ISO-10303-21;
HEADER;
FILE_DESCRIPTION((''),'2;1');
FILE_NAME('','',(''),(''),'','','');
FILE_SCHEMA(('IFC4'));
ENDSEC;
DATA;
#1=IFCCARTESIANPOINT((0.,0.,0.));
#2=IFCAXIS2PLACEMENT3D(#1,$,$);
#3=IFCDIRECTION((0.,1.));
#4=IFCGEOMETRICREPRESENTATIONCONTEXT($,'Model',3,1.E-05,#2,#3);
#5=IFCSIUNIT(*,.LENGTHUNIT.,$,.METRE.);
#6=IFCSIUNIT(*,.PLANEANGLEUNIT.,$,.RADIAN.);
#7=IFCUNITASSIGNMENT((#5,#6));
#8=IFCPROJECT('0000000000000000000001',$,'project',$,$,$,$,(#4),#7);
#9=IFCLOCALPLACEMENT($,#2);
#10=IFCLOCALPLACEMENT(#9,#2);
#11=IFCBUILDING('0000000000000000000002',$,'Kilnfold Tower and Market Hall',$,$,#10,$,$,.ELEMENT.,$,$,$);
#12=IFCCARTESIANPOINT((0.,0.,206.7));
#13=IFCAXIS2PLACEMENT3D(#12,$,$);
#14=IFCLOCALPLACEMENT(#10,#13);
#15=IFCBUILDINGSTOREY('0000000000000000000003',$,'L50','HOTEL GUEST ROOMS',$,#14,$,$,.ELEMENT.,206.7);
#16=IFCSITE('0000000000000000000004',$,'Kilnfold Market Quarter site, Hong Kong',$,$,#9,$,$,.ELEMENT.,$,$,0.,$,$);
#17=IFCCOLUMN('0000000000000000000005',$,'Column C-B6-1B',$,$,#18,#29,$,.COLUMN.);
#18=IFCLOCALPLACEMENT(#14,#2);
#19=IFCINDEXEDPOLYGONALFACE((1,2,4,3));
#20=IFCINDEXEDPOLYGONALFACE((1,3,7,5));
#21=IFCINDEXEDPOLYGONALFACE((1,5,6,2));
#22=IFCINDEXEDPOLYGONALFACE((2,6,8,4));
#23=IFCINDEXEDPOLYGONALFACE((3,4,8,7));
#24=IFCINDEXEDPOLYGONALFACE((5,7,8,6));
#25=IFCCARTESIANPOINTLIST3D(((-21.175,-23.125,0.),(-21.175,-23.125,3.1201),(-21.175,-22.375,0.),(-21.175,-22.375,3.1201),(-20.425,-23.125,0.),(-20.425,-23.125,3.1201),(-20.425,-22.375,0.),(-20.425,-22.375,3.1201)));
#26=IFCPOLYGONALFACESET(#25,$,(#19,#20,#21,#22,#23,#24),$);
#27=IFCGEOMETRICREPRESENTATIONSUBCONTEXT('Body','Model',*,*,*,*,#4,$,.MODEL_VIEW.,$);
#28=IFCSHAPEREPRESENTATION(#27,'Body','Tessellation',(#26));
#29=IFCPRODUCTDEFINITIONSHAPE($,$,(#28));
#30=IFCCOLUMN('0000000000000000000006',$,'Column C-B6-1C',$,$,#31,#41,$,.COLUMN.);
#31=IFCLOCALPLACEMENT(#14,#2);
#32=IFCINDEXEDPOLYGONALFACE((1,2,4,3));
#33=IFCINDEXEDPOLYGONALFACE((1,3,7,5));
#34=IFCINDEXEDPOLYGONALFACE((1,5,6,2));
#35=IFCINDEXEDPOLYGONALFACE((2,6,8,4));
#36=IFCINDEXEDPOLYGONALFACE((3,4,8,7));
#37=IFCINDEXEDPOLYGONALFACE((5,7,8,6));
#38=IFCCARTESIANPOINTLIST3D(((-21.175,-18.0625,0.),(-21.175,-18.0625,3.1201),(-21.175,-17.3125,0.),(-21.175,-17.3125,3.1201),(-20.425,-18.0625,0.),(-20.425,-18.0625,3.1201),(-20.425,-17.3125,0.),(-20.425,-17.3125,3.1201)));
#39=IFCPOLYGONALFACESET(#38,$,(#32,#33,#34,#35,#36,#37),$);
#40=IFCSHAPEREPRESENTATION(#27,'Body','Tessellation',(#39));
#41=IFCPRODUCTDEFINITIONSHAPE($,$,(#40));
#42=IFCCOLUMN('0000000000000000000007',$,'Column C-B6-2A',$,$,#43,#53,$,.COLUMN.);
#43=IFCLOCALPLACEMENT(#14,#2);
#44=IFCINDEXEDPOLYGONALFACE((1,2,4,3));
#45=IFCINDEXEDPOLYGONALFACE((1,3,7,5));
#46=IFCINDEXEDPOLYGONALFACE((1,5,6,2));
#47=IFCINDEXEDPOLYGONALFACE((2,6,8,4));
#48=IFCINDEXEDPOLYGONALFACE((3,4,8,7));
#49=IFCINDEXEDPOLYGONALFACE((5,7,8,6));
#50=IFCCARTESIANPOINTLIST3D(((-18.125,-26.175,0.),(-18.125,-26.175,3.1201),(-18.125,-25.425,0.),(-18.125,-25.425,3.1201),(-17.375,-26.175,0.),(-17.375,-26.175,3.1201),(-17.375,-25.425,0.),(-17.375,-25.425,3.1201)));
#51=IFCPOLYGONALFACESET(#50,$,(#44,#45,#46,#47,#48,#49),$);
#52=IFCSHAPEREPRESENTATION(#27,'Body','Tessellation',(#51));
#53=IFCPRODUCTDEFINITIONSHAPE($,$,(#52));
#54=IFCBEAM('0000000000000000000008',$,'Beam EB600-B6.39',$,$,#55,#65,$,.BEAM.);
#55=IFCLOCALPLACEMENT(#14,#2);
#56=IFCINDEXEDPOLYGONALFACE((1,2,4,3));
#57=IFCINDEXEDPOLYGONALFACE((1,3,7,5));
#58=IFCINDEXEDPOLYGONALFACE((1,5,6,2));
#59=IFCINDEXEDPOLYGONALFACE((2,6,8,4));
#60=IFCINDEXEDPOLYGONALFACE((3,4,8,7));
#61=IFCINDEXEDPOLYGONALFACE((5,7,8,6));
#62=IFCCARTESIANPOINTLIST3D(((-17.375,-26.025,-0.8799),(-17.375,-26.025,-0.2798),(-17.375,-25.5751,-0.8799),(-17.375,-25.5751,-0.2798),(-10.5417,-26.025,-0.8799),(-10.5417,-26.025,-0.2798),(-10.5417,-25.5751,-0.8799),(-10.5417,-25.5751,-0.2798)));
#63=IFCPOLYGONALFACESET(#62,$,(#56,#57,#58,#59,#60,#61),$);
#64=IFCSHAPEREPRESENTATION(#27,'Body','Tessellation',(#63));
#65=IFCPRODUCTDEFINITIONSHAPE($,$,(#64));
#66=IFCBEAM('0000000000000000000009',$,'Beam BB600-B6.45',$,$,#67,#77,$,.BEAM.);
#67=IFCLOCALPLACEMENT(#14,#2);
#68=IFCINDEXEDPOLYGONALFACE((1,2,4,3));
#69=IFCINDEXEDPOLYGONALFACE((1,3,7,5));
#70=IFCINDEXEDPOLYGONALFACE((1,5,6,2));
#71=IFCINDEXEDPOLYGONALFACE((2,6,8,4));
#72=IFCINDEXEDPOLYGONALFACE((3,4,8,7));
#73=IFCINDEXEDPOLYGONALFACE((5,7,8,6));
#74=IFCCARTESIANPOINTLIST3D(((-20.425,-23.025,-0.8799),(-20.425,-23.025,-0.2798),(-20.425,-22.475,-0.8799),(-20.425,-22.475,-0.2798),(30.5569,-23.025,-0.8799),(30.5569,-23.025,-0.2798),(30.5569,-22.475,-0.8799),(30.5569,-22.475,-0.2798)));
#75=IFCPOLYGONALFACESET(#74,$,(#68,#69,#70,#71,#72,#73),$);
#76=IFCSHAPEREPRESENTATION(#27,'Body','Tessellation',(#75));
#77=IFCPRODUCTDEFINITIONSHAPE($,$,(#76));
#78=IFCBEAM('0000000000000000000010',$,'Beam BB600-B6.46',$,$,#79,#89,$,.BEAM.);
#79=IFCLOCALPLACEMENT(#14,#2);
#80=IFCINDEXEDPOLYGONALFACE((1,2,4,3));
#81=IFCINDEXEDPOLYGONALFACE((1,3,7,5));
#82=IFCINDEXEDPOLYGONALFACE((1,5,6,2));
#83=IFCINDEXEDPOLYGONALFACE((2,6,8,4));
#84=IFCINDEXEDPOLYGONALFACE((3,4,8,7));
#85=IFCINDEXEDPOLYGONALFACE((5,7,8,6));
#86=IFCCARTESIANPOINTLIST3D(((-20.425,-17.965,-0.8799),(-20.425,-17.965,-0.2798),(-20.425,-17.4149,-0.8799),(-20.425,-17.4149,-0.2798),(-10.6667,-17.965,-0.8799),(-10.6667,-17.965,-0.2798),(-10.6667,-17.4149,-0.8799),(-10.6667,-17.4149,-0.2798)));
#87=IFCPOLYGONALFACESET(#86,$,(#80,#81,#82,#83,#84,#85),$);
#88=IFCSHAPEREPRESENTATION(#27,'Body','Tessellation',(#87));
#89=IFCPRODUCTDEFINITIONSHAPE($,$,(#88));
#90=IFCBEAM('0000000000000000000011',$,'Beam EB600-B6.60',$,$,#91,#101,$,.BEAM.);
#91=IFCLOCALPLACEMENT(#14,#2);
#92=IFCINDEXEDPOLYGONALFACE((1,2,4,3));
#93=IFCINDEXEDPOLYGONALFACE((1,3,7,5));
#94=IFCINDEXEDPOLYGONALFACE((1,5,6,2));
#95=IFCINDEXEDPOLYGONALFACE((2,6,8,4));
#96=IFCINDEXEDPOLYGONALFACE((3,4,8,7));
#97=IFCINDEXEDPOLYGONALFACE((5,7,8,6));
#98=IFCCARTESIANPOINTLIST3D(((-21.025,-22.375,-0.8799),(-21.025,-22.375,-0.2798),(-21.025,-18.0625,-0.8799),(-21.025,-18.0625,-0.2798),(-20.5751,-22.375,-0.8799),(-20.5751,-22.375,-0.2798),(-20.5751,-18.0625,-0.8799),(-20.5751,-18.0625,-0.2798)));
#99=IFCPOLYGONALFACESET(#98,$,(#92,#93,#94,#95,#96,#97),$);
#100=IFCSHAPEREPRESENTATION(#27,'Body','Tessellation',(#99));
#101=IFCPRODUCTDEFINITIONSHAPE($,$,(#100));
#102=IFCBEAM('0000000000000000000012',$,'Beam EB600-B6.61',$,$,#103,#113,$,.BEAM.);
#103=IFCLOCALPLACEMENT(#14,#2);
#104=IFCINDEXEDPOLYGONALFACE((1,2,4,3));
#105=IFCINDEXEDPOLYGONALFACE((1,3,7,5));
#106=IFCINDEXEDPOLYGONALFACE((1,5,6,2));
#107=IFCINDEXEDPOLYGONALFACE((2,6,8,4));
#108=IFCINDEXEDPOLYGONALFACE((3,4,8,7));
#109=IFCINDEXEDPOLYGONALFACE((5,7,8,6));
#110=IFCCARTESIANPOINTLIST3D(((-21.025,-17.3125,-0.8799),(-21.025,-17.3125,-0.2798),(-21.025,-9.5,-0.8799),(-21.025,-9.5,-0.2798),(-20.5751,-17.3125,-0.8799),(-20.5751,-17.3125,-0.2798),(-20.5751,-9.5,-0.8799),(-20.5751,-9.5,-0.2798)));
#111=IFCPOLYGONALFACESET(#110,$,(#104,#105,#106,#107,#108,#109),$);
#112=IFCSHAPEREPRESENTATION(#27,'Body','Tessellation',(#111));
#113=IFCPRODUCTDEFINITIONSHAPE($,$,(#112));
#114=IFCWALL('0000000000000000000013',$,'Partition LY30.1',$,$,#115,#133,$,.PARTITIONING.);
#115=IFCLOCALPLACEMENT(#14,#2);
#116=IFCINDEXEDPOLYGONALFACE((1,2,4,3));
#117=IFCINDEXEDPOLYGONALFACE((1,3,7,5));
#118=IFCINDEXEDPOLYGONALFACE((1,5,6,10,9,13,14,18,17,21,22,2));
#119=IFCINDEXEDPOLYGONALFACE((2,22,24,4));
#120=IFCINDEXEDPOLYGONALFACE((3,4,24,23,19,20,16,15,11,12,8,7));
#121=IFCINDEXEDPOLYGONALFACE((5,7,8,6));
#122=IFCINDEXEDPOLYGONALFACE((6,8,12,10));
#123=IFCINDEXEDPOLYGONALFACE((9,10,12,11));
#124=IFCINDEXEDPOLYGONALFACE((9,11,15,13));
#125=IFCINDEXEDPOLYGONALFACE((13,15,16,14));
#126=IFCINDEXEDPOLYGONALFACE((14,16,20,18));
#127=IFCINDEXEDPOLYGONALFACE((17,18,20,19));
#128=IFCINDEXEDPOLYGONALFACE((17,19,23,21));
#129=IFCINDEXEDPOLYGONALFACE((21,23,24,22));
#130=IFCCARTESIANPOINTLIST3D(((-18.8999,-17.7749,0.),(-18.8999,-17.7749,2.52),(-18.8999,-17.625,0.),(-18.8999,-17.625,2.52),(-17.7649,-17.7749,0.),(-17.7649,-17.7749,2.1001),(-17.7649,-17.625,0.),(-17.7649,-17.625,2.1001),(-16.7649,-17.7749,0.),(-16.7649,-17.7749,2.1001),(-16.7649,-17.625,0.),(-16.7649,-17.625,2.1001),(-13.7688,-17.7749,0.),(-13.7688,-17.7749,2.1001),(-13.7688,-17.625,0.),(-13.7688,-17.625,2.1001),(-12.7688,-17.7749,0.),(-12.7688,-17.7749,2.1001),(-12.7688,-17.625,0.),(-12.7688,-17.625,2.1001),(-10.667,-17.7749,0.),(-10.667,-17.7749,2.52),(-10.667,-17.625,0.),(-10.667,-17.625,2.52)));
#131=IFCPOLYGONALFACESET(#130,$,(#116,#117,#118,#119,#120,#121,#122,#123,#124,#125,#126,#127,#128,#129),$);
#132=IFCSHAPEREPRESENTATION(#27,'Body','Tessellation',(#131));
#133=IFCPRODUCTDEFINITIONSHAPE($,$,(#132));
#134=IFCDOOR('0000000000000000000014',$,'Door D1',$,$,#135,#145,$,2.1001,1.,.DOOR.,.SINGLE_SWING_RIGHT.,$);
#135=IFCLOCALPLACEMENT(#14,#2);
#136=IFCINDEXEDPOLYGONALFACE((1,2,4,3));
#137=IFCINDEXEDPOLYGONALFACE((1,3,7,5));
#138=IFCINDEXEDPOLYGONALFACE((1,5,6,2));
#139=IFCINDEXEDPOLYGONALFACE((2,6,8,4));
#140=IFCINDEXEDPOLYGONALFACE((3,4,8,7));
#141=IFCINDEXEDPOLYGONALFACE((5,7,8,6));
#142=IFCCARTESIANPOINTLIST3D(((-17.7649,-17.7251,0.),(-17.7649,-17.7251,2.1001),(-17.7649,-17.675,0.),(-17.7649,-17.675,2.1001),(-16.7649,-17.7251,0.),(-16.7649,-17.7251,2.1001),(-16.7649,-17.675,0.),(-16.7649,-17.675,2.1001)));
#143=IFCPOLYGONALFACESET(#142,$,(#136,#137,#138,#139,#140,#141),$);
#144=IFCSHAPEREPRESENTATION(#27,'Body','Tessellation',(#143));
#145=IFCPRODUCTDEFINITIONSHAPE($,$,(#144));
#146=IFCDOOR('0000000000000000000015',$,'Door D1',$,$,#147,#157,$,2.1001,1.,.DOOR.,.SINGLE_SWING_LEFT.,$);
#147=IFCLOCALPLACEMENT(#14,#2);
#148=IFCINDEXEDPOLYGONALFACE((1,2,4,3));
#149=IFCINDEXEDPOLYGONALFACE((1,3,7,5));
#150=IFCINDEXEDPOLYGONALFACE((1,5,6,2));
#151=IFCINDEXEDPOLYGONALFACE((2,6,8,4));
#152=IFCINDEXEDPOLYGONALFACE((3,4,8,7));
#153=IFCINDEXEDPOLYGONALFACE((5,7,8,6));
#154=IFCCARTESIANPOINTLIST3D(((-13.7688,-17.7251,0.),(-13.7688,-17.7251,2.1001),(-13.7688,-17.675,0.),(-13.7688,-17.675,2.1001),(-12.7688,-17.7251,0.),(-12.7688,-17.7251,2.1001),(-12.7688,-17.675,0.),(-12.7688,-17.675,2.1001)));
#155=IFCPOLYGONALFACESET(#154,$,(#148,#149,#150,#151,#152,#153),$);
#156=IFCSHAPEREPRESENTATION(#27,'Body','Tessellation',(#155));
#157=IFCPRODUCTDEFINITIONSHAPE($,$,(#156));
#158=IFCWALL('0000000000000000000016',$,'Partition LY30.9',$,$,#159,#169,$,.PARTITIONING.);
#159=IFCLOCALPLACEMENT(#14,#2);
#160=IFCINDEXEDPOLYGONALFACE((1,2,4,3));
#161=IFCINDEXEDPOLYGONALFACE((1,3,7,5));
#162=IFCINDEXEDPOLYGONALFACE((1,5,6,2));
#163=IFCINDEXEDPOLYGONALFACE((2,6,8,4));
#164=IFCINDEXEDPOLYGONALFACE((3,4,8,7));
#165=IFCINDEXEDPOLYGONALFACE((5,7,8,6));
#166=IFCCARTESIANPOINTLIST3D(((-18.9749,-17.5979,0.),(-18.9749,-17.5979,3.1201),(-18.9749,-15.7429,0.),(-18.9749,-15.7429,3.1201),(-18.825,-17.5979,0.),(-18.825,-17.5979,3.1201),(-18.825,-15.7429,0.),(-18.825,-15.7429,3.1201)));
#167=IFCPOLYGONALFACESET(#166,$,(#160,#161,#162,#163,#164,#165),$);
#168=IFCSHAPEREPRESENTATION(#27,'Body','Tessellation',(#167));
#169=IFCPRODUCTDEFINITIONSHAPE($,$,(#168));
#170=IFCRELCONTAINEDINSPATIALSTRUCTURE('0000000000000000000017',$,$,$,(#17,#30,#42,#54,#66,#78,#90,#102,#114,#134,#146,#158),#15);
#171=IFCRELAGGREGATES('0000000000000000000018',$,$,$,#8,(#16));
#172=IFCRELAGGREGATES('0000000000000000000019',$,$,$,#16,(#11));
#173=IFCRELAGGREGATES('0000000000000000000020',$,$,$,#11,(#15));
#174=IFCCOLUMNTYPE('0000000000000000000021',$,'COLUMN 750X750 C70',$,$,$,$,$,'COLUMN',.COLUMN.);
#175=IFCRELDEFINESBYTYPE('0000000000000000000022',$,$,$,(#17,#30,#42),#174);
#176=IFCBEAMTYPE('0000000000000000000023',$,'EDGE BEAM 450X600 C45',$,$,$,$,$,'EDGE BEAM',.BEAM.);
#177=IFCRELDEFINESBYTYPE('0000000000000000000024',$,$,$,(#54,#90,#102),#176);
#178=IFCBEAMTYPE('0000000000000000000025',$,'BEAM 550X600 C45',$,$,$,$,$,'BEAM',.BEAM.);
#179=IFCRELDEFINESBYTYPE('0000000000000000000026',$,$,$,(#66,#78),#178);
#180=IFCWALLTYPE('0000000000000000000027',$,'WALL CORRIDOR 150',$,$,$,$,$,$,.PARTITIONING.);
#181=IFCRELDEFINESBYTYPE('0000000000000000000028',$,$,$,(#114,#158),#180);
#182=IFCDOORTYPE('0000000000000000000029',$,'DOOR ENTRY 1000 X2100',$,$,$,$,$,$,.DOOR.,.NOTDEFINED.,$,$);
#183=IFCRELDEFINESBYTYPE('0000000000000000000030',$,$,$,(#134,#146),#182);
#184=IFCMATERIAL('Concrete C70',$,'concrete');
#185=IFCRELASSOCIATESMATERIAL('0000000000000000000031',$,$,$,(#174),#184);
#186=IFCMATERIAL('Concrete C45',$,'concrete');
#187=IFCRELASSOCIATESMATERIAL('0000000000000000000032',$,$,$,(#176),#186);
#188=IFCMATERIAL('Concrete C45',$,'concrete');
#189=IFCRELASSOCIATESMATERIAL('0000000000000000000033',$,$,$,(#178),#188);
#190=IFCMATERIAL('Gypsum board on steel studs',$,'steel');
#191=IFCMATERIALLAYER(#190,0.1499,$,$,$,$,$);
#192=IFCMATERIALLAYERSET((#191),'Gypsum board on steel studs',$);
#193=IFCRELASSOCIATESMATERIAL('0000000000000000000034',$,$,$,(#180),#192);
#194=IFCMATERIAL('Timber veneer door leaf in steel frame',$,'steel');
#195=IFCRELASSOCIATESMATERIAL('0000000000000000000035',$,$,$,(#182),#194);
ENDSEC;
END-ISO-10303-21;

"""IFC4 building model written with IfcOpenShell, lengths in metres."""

from ifc_helpers import new_model, si_unit, direction, frame, frame_2d, origin, origin_2d, place, context, subcontext, project, spatial, rectangle, extrude, source, transform, mapped, material, layer, layer_set, material_profile, profile_set, type_object, element, fill, save


model = new_model("IFC4")

# Units and contexts
model_context = context("Model", 3, precision=1e-05, world=origin(), true_north=direction((0.0, 1.0)))
body_context = subcontext(model_context, "Body", "Model", "MODEL_VIEW")
ifc_project = project(units=[si_unit("LENGTHUNIT", "METRE"), si_unit("PLANEANGLEUNIT", "RADIAN")], contexts=[model_context])

# Site, building, storey
site_placement = place(None, origin())
site = spatial("IfcSite", under=ifc_project, at=site_placement, Name="Kilnfold Market Quarter site, Hong Kong", CompositionType="ELEMENT", RefElevation=0.0)
building_placement = place(site_placement, origin())
building = spatial("IfcBuilding", under=site, at=building_placement, Name="Kilnfold Tower and Market Hall", CompositionType="ELEMENT")
storey_placement = place(building_placement, frame((0.0, 0.0, 206.7)))
storey = spatial("IfcBuildingStorey", under=building, at=storey_placement, Name="L50", Description="HOTEL GUEST ROOMS", CompositionType="ELEMENT", Elevation=206.7)

# Columns
ifc_material_1 = material(Name="Concrete C70", Category="concrete")
ifc_material_profile_1 = material_profile(ifc_material_1, rectangle(XDim=0.75, YDim=0.75, at=origin_2d()), Name="RC 750x750")
ifc_profile_set_1 = profile_set([ifc_material_profile_1], Name="Concrete C70")
column_type = type_object("IfcColumnType", Name="COLUMN 750X750 C70", ElementType="COLUMN", PredefinedType="COLUMN", material=ifc_profile_set_1)
shared_shape_1 = source(origin(), body_context, "Body", "SweptSolid", [
    extrude(rectangle(XDim=0.75, YDim=0.75, at=origin_2d()), origin(), (0.0, 0.0, 1.0), 3.1201),
])
for number, where, z_axis, x_axis, name in (
    (1, (-20.8, -22.75, 0.0), (0.0, 0.0, 1.0), (1.0, 0.0, 0.0), "Column C-B6-1B"),
    (2, (-20.8, -17.6875, 0.0), (0.0, 0.0, 1.0), (1.0, 0.0, 0.0), "Column C-B6-1C"),
    (3, (-17.75, -25.8, 0.0), (0.0, 0.0, 1.0), (1.0, 0.0, 0.0), "Column C-B6-2A"),
):
    element("IfcColumn", number, at=place(storey_placement, frame(where, z_axis=z_axis, x_axis=x_axis)), inside=storey, type_object=column_type, Name=name, PredefinedType="COLUMN", context=body_context, shape_type="MappedRepresentation", body=[
        mapped(shared_shape_1, transform((0.0, 0.0, 0.0))),
    ])

# Beams
ifc_material_2 = material(Name="Concrete C45", Category="concrete")
ifc_material_profile_2 = material_profile(ifc_material_2, rectangle(XDim=0.45, YDim=0.6001, at=origin_2d()), Name="RC 450x600")
ifc_profile_set_2 = profile_set([ifc_material_profile_2], Name="Concrete C45")
beam_type_1 = type_object("IfcBeamType", Name="EDGE BEAM 450X600 C45", ElementType="EDGE BEAM", PredefinedType="BEAM", material=ifc_profile_set_2)
shared_shape_2 = source(origin(), body_context, "Body", "SweptSolid", [
    extrude(rectangle(XDim=0.45, YDim=0.6001, at=origin_2d()), origin(), (0.0, 0.0, 1.0), 6.8333),
])
beam_1_placement = place(storey_placement, frame((-17.375, -25.8, -0.5798), z_axis=(1.0, 0.0, 0.0), x_axis=(0.0, 1.0, 0.0)))
element("IfcBeam", 4, at=beam_1_placement, inside=storey, type_object=beam_type_1, Name="Beam EB600-B6.39", PredefinedType="BEAM", context=body_context, shape_type="MappedRepresentation", body=[
    mapped(shared_shape_2, transform((0.0, 0.0, 0.0))),
])
ifc_material_3 = material(Name="Concrete C45", Category="concrete")
ifc_material_profile_3 = material_profile(ifc_material_3, rectangle(XDim=0.55, YDim=0.6001, at=origin_2d()), Name="RC 550x600")
ifc_profile_set_3 = profile_set([ifc_material_profile_3], Name="Concrete C45")
beam_type_2 = type_object("IfcBeamType", Name="BEAM 550X600 C45", ElementType="BEAM", PredefinedType="BEAM", material=ifc_profile_set_3)
shared_shape_3 = source(origin(), body_context, "Body", "SweptSolid", [
    extrude(rectangle(XDim=0.55, YDim=0.6001, at=origin_2d()), origin(), (0.0, 0.0, 1.0), 50.9819),
])
beam_2_placement = place(storey_placement, frame((-20.425, -22.75, -0.5798), z_axis=(1.0, 0.0, 0.0), x_axis=(0.0, 1.0, 0.0)))
element("IfcBeam", 5, at=beam_2_placement, inside=storey, type_object=beam_type_2, Name="Beam BB600-B6.45", PredefinedType="BEAM", context=body_context, shape_type="MappedRepresentation", body=[
    mapped(shared_shape_3, transform((0.0, 0.0, 0.0))),
])
shared_shape_4 = source(origin(), body_context, "Body", "SweptSolid", [
    extrude(rectangle(XDim=0.55, YDim=0.6001, at=origin_2d()), origin(), (0.0, 0.0, 1.0), 9.7583),
])
beam_3_placement = place(storey_placement, frame((-20.425, -17.6899, -0.5798), z_axis=(1.0, 0.0, 0.0), x_axis=(0.0, 1.0, 0.0)))
element("IfcBeam", 6, at=beam_3_placement, inside=storey, type_object=beam_type_2, Name="Beam BB600-B6.46", PredefinedType="BEAM", context=body_context, shape_type="MappedRepresentation", body=[
    mapped(shared_shape_4, transform((0.0, 0.0, 0.0))),
])
shared_shape_5 = source(origin(), body_context, "Body", "SweptSolid", [
    extrude(rectangle(XDim=0.45, YDim=0.6001, at=origin_2d()), origin(), (0.0, 0.0, 1.0), 4.3125),
])
beam_4_placement = place(storey_placement, frame((-20.8, -22.375, -0.5798), z_axis=(0.0, 1.0, 0.0), x_axis=(-1.0, 0.0, 0.0)))
element("IfcBeam", 7, at=beam_4_placement, inside=storey, type_object=beam_type_1, Name="Beam EB600-B6.60", PredefinedType="BEAM", context=body_context, shape_type="MappedRepresentation", body=[
    mapped(shared_shape_5, transform((0.0, 0.0, 0.0))),
])
shared_shape_6 = source(origin(), body_context, "Body", "SweptSolid", [
    extrude(rectangle(XDim=0.45, YDim=0.6001, at=origin_2d()), origin(), (0.0, 0.0, 1.0), 7.8125),
])
beam_5_placement = place(storey_placement, frame((-20.8, -17.3125, -0.5798), z_axis=(0.0, 1.0, 0.0), x_axis=(-1.0, 0.0, 0.0)))
element("IfcBeam", 8, at=beam_5_placement, inside=storey, type_object=beam_type_1, Name="Beam EB600-B6.61", PredefinedType="BEAM", context=body_context, shape_type="MappedRepresentation", body=[
    mapped(shared_shape_6, transform((0.0, 0.0, 0.0))),
])

# Wall, openings, doors
ifc_material_4 = material(Name="Gypsum board on steel studs", Category="steel")
ifc_layer_1 = layer(ifc_material_4, 0.1499)
ifc_layer_set_1 = layer_set([ifc_layer_1], Name="Gypsum board on steel studs")
wall_type_1 = type_object("IfcWallType", Name="WALL CORRIDOR 150", PredefinedType="PARTITIONING", material=ifc_layer_set_1)
wall_1_placement = place(storey_placement, frame((-18.8999, -17.7, 0.0), z_axis=(0.0, 0.0, 1.0), x_axis=(1.0, 0.0, 0.0)))
wall_1 = element("IfcWall", 9, at=wall_1_placement, inside=storey, type_object=wall_type_1, Name="Partition LY30.1", PredefinedType="PARTITIONING", context=body_context, shape_type="SweptSolid", body=[
    extrude(rectangle(XDim=8.2329, YDim=0.1499, at=frame_2d((4.1165, 0.0))), origin(), (0.0, 0.0, 1.0), 2.52),
])
opening_1_placement = place(wall_1_placement, frame((1.135, 0.0, 0.0)))
opening_1 = element("IfcOpeningElement", 10, at=opening_1_placement, cuts=wall_1, PredefinedType="OPENING", context=body_context, shape_type="SweptSolid", body=[
    extrude(rectangle(XDim=1.0, YDim=2.1001, at=frame_2d((0.5, 1.05))), frame((0.0, 0.085, 0.0), z_axis=(0.0, -1.0, 0.0), x_axis=(1.0, 0.0, 0.0)), (0.0, 0.0, 1.0), 0.1699),
])
opening_2_placement = place(wall_1_placement, frame((5.1311, 0.0, 0.0)))
opening_2 = element("IfcOpeningElement", 11, at=opening_2_placement, cuts=wall_1, PredefinedType="OPENING", context=body_context, shape_type="SweptSolid", body=[
    extrude(rectangle(XDim=1.0, YDim=2.1001, at=frame_2d((0.5, 1.05))), frame((0.0, 0.085, 0.0), z_axis=(0.0, -1.0, 0.0), x_axis=(1.0, 0.0, 0.0)), (0.0, 0.0, 1.0), 0.1699),
])
ifc_material_5 = material(Name="Timber veneer door leaf in steel frame", Category="steel")
door_type_1 = type_object("IfcDoorType", Name="DOOR ENTRY 1000 X2100", OperationType="NOTDEFINED", PredefinedType="DOOR", material=ifc_material_5)
door_1_placement = place(opening_1_placement, origin())
door_1 = element("IfcDoor", 12, at=door_1_placement, inside=storey, type_object=door_type_1, Name="Door D1", OperationType="SINGLE_SWING_RIGHT", OverallHeight=2.1001, OverallWidth=1.0, PredefinedType="DOOR", context=body_context, shape_type="SweptSolid", body=[
    extrude(rectangle(XDim=1.0, YDim=2.1001, at=frame_2d((0.5, 1.05))), frame((0.0, 0.0249, 0.0), z_axis=(0.0, -1.0, 0.0), x_axis=(1.0, 0.0, 0.0)), (0.0, 0.0, 1.0), 0.05),
])
fill(opening_1, door_1)
door_2_placement = place(opening_2_placement, origin())
door_2 = element("IfcDoor", 13, at=door_2_placement, inside=storey, type_object=door_type_1, Name="Door D1", OperationType="SINGLE_SWING_LEFT", OverallHeight=2.1001, OverallWidth=1.0, PredefinedType="DOOR", context=body_context, shape_type="SweptSolid", body=[
    extrude(rectangle(XDim=1.0, YDim=2.1001, at=frame_2d((0.5, 1.05))), frame((0.0, 0.0249, 0.0), z_axis=(0.0, -1.0, 0.0), x_axis=(1.0, 0.0, 0.0)), (0.0, 0.0, 1.0), 0.05),
])
fill(opening_2, door_2)

# Wall
wall_2_placement = place(storey_placement, frame((-18.8999, -17.5979, 0.0), z_axis=(0.0, 0.0, 1.0), x_axis=(0.0, 1.0, 0.0)))
element("IfcWall", 14, at=wall_2_placement, inside=storey, type_object=wall_type_1, Name="Partition LY30.9", PredefinedType="PARTITIONING", context=body_context, shape_type="SweptSolid", body=[
    extrude(rectangle(XDim=1.855, YDim=0.1499, at=frame_2d((0.9275, 0.0))), origin(), (0.0, 0.0, 1.0), 3.1201),
])

save(model, "model.ifc")
